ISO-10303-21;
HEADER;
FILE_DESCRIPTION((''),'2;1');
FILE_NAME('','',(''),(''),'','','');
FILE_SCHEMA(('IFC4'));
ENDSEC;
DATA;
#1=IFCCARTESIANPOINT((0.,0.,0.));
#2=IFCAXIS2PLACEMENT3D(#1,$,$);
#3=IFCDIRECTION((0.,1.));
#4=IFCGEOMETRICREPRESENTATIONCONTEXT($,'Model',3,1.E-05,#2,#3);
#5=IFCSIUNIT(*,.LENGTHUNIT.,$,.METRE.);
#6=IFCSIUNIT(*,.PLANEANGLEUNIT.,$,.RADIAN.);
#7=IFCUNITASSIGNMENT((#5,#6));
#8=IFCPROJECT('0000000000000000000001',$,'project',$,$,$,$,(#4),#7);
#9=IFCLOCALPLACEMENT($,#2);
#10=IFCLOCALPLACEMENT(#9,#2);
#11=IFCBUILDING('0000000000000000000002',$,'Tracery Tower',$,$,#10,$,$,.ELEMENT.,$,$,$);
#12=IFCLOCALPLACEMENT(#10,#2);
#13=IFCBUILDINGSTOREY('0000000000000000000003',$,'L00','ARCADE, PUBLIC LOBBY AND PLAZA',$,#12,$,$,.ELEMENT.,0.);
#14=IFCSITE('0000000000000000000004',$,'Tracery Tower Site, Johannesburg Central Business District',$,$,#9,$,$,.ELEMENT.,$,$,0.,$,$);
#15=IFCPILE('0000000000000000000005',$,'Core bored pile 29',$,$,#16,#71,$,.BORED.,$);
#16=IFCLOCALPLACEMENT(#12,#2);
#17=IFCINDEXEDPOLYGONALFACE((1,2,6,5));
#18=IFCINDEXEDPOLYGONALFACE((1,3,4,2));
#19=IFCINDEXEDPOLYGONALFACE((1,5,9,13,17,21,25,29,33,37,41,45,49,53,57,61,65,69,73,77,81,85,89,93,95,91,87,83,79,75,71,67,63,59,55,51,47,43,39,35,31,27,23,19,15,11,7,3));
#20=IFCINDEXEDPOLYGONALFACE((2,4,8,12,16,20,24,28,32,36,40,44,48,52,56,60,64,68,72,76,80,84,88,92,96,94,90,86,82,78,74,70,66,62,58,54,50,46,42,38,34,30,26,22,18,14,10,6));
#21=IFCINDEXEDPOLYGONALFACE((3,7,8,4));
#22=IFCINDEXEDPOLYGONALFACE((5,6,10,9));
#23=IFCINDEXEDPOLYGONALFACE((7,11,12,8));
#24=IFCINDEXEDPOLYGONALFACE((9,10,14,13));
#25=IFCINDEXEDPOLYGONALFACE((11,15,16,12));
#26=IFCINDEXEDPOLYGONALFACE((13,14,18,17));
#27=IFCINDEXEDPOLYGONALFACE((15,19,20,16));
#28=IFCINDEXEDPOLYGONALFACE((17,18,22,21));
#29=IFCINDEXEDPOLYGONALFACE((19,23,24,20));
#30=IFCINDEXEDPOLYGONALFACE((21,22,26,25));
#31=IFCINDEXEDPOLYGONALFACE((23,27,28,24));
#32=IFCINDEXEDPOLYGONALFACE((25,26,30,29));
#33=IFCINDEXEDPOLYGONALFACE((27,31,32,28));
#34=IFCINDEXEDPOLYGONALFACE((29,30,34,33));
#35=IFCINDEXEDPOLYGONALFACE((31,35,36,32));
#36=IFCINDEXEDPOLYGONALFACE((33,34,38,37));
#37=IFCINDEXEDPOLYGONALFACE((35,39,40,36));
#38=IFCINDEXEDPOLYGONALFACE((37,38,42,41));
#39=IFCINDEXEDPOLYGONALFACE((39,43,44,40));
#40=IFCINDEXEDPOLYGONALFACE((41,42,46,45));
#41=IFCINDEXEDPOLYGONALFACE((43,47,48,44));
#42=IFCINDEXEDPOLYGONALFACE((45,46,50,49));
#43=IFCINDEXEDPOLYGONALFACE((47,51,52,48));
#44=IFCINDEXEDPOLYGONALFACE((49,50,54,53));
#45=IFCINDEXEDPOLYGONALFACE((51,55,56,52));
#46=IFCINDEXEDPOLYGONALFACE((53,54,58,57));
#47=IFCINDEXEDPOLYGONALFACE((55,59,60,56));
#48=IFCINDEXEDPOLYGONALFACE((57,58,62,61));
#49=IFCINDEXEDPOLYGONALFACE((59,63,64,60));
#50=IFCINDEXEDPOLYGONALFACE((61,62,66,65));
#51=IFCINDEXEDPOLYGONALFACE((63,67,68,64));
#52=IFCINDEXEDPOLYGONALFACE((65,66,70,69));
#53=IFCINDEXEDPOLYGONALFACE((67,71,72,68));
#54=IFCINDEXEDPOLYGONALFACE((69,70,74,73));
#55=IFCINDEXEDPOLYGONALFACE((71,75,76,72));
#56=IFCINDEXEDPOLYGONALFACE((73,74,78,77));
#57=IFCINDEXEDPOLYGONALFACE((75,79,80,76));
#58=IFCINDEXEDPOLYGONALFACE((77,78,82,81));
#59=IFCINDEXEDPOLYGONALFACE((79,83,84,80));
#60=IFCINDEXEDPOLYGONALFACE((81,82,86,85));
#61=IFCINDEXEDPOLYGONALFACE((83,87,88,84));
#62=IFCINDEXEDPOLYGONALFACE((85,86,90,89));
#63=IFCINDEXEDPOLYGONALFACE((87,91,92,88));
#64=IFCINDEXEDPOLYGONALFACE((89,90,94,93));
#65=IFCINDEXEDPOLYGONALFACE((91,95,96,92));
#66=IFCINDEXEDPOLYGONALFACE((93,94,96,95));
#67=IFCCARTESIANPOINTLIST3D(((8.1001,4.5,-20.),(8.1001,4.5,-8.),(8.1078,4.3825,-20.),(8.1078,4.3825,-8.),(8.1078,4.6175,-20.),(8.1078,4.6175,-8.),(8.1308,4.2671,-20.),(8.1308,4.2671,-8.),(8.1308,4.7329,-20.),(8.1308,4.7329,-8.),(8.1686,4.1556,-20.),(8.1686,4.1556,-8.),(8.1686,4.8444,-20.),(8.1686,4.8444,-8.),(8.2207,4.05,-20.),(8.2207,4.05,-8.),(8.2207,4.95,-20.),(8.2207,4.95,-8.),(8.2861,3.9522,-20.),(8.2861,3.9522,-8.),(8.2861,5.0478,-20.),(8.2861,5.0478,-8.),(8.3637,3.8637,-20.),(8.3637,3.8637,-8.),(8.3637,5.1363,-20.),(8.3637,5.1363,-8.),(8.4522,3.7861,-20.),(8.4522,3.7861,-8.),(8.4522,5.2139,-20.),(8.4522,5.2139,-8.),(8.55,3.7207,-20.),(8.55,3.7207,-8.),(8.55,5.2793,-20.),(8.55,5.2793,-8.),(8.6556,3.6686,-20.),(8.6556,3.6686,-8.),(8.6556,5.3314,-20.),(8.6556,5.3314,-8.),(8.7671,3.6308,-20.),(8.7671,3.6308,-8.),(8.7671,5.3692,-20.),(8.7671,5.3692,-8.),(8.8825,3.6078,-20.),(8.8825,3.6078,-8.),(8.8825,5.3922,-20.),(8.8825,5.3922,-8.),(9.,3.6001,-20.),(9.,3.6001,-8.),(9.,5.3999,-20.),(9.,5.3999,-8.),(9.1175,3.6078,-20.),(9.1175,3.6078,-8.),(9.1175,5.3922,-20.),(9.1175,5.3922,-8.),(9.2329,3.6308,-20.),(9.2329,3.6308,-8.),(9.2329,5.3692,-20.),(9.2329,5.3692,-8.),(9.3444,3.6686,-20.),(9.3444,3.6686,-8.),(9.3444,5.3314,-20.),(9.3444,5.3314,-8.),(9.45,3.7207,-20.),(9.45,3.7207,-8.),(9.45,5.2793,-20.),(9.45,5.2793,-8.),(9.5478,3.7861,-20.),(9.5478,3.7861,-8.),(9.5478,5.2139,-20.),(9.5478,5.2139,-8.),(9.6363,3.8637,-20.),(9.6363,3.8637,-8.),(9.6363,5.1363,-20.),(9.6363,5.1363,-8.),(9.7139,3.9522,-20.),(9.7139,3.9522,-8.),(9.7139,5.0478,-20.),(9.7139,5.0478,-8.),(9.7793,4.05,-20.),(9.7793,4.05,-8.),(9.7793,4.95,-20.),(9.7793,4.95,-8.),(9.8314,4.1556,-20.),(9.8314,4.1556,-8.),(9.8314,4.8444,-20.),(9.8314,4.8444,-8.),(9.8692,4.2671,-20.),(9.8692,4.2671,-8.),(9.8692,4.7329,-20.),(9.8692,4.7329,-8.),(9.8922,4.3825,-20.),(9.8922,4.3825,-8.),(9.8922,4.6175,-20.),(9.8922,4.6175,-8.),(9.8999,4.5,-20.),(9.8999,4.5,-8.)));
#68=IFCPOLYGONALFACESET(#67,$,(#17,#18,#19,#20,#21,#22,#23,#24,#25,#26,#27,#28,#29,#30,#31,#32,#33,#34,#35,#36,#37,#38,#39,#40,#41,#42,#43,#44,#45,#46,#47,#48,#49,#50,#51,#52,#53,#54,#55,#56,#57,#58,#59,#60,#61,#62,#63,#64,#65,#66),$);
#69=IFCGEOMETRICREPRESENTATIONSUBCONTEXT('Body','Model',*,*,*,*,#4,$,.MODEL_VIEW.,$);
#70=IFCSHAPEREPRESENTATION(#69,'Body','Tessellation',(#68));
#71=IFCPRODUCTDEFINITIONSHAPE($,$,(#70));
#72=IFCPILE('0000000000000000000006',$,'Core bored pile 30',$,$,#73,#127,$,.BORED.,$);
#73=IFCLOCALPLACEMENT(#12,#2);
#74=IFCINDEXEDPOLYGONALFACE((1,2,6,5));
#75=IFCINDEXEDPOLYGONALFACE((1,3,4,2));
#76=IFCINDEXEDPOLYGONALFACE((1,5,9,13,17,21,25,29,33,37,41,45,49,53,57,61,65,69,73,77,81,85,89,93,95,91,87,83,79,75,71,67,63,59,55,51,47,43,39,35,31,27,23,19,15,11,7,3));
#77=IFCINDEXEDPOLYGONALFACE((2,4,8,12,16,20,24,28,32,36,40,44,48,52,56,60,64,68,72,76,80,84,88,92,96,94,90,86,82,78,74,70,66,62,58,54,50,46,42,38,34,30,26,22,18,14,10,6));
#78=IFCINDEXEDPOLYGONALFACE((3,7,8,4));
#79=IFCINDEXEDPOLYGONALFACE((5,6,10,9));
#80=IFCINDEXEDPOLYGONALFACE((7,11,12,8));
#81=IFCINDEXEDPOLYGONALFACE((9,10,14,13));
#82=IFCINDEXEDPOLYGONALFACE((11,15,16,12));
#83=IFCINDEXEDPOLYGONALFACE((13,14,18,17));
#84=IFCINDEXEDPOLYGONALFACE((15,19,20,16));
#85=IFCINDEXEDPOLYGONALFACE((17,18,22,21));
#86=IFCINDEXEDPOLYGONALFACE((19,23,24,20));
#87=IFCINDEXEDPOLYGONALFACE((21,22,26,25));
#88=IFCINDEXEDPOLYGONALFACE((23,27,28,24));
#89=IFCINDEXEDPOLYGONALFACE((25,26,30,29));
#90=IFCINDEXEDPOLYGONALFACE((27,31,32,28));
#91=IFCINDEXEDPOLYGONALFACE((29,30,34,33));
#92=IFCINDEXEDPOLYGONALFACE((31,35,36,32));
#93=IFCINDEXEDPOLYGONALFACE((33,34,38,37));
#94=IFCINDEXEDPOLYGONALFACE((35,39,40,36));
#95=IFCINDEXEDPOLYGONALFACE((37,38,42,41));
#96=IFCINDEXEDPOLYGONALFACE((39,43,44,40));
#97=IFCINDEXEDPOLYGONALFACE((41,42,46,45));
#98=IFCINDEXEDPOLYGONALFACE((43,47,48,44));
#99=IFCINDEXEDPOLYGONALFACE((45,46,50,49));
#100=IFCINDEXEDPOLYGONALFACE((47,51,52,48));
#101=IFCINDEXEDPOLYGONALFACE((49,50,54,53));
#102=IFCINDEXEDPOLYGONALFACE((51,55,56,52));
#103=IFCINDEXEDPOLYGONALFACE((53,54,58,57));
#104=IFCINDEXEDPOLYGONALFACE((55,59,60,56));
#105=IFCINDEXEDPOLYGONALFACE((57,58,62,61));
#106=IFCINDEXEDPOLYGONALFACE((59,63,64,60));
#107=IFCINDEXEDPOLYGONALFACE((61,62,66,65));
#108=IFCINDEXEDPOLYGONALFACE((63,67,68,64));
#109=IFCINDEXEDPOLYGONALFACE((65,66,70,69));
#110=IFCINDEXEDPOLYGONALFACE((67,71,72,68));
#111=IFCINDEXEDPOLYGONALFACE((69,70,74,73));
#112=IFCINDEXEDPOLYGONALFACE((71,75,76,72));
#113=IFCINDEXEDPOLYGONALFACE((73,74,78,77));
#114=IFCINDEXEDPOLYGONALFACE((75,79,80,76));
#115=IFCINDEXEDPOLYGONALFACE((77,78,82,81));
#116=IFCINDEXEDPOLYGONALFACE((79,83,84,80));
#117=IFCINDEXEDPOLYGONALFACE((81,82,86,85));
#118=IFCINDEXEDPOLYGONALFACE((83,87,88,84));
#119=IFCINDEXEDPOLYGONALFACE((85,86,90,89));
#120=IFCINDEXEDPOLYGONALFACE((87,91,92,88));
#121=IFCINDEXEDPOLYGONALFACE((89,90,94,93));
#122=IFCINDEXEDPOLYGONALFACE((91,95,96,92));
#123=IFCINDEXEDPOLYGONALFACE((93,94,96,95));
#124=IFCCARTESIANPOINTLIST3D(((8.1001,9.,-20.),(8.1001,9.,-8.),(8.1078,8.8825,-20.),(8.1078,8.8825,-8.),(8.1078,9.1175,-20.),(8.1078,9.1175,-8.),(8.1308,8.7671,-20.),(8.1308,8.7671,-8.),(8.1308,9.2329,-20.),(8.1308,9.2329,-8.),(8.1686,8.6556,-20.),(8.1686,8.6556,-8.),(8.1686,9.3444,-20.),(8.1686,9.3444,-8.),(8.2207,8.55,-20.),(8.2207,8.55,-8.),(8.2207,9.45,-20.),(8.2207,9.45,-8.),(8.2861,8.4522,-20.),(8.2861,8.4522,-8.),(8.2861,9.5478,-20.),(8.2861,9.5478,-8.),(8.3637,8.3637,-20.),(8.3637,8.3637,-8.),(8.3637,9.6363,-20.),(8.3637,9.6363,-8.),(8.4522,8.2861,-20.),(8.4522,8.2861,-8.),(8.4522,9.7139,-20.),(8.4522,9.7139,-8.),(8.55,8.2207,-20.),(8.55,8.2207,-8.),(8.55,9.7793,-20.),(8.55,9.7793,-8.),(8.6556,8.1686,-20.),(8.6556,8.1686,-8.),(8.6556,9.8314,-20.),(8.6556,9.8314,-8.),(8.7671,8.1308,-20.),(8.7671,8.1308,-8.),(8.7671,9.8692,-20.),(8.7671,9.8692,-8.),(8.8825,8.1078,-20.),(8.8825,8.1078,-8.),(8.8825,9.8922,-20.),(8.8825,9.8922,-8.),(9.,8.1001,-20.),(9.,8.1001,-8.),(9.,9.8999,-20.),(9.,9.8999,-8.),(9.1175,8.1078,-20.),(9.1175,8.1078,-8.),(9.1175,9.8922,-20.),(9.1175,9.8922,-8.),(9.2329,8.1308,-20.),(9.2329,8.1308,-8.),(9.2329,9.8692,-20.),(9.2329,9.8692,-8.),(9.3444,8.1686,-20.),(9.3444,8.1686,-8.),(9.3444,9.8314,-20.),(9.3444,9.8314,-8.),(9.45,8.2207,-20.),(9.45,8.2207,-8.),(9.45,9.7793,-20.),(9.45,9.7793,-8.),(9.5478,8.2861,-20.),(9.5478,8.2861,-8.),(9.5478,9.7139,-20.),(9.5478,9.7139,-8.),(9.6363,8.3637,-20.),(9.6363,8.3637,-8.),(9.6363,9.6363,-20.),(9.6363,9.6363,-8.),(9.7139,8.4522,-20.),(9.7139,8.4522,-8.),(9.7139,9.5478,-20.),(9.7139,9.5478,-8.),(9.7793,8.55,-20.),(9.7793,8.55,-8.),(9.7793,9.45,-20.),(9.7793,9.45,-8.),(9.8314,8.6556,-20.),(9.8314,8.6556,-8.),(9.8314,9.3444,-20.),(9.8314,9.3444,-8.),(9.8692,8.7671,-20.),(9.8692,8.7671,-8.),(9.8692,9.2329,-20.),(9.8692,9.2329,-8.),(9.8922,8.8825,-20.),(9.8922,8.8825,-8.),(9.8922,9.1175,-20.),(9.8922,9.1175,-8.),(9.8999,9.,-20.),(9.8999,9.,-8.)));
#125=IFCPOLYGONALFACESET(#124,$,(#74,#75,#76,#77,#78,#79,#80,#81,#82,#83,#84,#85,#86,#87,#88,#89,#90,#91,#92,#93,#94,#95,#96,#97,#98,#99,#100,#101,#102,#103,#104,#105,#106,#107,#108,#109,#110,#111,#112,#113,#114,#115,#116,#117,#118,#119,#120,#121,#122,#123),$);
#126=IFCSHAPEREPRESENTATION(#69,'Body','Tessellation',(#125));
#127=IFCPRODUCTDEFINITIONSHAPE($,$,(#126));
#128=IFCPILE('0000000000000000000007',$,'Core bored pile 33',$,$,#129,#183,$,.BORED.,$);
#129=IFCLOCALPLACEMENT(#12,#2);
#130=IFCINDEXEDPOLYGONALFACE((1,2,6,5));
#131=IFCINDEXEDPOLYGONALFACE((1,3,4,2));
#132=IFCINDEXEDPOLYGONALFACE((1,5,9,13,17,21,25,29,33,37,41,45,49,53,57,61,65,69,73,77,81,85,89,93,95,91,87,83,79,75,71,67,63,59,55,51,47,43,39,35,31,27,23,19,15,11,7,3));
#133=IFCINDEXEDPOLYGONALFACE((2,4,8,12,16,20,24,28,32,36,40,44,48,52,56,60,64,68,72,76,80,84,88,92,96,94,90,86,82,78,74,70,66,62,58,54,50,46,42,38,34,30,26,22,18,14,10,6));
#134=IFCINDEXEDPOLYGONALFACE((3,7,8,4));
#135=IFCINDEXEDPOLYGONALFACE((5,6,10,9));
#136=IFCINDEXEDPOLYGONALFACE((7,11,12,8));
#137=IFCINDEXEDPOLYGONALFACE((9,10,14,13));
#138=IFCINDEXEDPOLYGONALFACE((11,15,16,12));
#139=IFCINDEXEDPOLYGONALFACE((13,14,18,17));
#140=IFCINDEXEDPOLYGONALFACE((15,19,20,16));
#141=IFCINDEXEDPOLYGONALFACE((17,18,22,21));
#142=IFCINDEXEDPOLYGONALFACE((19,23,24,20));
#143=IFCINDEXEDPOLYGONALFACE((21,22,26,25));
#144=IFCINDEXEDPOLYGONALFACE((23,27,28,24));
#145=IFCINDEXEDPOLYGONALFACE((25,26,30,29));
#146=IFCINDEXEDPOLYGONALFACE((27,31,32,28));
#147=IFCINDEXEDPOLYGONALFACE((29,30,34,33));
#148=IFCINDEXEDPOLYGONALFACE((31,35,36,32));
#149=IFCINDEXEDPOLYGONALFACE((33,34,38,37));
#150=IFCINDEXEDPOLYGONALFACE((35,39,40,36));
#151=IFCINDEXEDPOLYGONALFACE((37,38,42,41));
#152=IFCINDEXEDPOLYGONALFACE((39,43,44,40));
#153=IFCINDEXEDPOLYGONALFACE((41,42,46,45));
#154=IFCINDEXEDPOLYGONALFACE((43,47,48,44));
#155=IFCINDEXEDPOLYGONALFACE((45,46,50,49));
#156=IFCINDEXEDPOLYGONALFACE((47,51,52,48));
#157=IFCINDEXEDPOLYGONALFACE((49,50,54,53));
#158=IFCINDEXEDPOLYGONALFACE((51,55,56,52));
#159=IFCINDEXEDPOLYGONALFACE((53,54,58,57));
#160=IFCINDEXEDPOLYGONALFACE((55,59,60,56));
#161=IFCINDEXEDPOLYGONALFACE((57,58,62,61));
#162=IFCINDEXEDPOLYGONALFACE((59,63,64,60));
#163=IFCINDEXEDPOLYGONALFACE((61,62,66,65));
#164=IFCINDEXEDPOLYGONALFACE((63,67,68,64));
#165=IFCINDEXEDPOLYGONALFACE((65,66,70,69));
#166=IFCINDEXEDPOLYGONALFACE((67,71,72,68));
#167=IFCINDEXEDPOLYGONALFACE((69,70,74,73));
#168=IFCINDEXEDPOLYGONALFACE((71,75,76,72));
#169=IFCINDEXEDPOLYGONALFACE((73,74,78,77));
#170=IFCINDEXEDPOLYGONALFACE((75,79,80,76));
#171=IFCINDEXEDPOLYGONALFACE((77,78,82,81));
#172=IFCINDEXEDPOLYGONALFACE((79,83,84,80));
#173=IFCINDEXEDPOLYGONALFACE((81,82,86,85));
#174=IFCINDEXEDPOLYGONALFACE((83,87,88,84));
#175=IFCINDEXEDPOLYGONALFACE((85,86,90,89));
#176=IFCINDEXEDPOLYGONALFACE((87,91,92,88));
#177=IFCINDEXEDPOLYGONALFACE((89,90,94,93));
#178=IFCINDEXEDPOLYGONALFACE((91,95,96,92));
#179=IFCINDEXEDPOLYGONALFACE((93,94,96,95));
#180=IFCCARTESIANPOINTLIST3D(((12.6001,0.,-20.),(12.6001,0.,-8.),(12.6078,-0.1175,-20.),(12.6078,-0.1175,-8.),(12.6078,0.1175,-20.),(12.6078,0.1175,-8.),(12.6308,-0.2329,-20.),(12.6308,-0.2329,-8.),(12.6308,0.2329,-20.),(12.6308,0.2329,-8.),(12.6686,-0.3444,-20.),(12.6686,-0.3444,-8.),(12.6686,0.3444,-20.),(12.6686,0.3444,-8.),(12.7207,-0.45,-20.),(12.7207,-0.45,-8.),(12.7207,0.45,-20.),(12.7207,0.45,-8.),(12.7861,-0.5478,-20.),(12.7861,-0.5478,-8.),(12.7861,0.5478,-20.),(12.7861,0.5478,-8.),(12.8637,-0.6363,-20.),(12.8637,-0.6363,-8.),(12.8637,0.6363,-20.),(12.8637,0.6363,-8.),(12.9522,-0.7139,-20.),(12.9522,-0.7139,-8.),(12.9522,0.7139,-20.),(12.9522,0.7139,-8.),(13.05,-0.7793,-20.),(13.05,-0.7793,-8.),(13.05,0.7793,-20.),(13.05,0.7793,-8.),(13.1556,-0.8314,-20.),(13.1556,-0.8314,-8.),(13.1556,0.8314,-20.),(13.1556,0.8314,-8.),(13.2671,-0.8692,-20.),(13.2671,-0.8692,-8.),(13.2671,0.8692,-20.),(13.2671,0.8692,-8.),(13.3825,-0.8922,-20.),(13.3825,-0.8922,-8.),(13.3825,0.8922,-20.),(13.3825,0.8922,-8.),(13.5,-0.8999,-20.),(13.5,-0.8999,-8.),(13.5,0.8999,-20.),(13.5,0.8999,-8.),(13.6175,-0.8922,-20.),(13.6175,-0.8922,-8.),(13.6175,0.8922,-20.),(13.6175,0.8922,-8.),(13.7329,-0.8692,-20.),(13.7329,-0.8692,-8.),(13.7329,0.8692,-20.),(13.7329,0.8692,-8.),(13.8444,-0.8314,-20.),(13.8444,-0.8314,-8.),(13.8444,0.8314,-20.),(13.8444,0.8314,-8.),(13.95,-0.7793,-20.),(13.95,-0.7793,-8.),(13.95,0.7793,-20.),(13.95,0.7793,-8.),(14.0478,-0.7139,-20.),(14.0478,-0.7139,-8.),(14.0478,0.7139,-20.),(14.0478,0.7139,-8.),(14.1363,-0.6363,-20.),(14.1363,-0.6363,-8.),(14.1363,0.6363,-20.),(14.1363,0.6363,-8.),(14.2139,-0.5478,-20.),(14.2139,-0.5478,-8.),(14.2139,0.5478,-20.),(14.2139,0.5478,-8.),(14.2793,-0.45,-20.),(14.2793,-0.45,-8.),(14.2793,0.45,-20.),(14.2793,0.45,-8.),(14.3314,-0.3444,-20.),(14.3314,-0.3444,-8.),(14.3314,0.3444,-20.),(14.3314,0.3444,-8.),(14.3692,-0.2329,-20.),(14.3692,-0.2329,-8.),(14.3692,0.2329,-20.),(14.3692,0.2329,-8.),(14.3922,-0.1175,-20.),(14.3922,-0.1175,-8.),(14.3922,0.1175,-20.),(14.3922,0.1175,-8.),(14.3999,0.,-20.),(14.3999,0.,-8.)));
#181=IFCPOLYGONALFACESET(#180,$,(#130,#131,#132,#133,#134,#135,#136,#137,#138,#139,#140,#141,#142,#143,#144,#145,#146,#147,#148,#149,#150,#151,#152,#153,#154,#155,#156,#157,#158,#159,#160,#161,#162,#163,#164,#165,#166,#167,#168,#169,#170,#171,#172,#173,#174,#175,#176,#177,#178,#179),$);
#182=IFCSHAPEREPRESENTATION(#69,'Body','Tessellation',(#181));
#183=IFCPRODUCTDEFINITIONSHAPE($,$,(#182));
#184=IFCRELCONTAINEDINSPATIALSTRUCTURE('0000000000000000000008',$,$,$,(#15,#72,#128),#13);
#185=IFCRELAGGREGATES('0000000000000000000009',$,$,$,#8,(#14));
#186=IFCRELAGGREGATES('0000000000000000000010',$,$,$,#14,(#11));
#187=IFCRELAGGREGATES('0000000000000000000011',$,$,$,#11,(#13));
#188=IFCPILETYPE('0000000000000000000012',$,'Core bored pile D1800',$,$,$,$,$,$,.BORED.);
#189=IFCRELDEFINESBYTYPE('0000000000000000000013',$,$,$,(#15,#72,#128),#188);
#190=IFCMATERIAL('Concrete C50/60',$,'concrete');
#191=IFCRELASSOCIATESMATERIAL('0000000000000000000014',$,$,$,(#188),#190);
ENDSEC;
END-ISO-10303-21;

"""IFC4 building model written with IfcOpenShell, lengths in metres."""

from ifc_helpers import new_model, si_unit, direction, frame, origin, origin_2d, place, context, subcontext, project, spatial, circle, extrude, material, material_profile, profile_set, type_object, element, save


model = new_model("IFC4")

# Units and contexts
model_context = context("Model", 3, precision=1e-05, world=origin(), true_north=direction((0.0, 1.0)))
body_context = subcontext(model_context, "Body", "Model", "MODEL_VIEW")
ifc_project = project(units=[si_unit("LENGTHUNIT", "METRE"), si_unit("PLANEANGLEUNIT", "RADIAN")], contexts=[model_context])

# Site, building, storey
site_placement = place(None, origin())
site = spatial("IfcSite", under=ifc_project, at=site_placement, Name="Tracery Tower Site, Johannesburg Central Business District", CompositionType="ELEMENT", RefElevation=0.0)
building_placement = place(site_placement, origin())
building = spatial("IfcBuilding", under=site, at=building_placement, Name="Tracery Tower", CompositionType="ELEMENT")
storey_placement = place(building_placement, origin())
storey = spatial("IfcBuildingStorey", under=building, at=storey_placement, Name="L00", Description="ARCADE, PUBLIC LOBBY AND PLAZA", CompositionType="ELEMENT", Elevation=0.0)

# Piles
ifc_material_1 = material(Name="Concrete C50/60", Category="concrete")
ifc_material_profile = material_profile(ifc_material_1, circle(Radius=0.8999, at=origin_2d()), Name="RC D1800")
ifc_profile_set = profile_set([ifc_material_profile], Name="Concrete C50/60")
pile_type = type_object("IfcPileType", Name="Core bored pile D1800", PredefinedType="BORED", material=ifc_profile_set)
for number, where, z_axis, x_axis, name in (
    (1, (9.0, 4.5, -8.0), (0.0, 0.0, -1.0), (1.0, 0.0, 0.0), "Core bored pile 29"),
    (2, (9.0, 9.0, -8.0), (0.0, 0.0, -1.0), (1.0, 0.0, 0.0), "Core bored pile 30"),
    (3, (13.5, 0.0, -8.0), (0.0, 0.0, -1.0), (1.0, 0.0, 0.0), "Core bored pile 33"),
):
    element("IfcPile", number, at=place(storey_placement, frame(where, z_axis=z_axis, x_axis=x_axis)), inside=storey, type_object=pile_type, Name=name, PredefinedType="BORED", context=body_context, shape_type="SweptSolid", body=[
        extrude(circle(Radius=0.8999, at=origin_2d()), origin(), (0.0, 0.0, 1.0), 12.0),
    ])

save(model, "model.ifc")
